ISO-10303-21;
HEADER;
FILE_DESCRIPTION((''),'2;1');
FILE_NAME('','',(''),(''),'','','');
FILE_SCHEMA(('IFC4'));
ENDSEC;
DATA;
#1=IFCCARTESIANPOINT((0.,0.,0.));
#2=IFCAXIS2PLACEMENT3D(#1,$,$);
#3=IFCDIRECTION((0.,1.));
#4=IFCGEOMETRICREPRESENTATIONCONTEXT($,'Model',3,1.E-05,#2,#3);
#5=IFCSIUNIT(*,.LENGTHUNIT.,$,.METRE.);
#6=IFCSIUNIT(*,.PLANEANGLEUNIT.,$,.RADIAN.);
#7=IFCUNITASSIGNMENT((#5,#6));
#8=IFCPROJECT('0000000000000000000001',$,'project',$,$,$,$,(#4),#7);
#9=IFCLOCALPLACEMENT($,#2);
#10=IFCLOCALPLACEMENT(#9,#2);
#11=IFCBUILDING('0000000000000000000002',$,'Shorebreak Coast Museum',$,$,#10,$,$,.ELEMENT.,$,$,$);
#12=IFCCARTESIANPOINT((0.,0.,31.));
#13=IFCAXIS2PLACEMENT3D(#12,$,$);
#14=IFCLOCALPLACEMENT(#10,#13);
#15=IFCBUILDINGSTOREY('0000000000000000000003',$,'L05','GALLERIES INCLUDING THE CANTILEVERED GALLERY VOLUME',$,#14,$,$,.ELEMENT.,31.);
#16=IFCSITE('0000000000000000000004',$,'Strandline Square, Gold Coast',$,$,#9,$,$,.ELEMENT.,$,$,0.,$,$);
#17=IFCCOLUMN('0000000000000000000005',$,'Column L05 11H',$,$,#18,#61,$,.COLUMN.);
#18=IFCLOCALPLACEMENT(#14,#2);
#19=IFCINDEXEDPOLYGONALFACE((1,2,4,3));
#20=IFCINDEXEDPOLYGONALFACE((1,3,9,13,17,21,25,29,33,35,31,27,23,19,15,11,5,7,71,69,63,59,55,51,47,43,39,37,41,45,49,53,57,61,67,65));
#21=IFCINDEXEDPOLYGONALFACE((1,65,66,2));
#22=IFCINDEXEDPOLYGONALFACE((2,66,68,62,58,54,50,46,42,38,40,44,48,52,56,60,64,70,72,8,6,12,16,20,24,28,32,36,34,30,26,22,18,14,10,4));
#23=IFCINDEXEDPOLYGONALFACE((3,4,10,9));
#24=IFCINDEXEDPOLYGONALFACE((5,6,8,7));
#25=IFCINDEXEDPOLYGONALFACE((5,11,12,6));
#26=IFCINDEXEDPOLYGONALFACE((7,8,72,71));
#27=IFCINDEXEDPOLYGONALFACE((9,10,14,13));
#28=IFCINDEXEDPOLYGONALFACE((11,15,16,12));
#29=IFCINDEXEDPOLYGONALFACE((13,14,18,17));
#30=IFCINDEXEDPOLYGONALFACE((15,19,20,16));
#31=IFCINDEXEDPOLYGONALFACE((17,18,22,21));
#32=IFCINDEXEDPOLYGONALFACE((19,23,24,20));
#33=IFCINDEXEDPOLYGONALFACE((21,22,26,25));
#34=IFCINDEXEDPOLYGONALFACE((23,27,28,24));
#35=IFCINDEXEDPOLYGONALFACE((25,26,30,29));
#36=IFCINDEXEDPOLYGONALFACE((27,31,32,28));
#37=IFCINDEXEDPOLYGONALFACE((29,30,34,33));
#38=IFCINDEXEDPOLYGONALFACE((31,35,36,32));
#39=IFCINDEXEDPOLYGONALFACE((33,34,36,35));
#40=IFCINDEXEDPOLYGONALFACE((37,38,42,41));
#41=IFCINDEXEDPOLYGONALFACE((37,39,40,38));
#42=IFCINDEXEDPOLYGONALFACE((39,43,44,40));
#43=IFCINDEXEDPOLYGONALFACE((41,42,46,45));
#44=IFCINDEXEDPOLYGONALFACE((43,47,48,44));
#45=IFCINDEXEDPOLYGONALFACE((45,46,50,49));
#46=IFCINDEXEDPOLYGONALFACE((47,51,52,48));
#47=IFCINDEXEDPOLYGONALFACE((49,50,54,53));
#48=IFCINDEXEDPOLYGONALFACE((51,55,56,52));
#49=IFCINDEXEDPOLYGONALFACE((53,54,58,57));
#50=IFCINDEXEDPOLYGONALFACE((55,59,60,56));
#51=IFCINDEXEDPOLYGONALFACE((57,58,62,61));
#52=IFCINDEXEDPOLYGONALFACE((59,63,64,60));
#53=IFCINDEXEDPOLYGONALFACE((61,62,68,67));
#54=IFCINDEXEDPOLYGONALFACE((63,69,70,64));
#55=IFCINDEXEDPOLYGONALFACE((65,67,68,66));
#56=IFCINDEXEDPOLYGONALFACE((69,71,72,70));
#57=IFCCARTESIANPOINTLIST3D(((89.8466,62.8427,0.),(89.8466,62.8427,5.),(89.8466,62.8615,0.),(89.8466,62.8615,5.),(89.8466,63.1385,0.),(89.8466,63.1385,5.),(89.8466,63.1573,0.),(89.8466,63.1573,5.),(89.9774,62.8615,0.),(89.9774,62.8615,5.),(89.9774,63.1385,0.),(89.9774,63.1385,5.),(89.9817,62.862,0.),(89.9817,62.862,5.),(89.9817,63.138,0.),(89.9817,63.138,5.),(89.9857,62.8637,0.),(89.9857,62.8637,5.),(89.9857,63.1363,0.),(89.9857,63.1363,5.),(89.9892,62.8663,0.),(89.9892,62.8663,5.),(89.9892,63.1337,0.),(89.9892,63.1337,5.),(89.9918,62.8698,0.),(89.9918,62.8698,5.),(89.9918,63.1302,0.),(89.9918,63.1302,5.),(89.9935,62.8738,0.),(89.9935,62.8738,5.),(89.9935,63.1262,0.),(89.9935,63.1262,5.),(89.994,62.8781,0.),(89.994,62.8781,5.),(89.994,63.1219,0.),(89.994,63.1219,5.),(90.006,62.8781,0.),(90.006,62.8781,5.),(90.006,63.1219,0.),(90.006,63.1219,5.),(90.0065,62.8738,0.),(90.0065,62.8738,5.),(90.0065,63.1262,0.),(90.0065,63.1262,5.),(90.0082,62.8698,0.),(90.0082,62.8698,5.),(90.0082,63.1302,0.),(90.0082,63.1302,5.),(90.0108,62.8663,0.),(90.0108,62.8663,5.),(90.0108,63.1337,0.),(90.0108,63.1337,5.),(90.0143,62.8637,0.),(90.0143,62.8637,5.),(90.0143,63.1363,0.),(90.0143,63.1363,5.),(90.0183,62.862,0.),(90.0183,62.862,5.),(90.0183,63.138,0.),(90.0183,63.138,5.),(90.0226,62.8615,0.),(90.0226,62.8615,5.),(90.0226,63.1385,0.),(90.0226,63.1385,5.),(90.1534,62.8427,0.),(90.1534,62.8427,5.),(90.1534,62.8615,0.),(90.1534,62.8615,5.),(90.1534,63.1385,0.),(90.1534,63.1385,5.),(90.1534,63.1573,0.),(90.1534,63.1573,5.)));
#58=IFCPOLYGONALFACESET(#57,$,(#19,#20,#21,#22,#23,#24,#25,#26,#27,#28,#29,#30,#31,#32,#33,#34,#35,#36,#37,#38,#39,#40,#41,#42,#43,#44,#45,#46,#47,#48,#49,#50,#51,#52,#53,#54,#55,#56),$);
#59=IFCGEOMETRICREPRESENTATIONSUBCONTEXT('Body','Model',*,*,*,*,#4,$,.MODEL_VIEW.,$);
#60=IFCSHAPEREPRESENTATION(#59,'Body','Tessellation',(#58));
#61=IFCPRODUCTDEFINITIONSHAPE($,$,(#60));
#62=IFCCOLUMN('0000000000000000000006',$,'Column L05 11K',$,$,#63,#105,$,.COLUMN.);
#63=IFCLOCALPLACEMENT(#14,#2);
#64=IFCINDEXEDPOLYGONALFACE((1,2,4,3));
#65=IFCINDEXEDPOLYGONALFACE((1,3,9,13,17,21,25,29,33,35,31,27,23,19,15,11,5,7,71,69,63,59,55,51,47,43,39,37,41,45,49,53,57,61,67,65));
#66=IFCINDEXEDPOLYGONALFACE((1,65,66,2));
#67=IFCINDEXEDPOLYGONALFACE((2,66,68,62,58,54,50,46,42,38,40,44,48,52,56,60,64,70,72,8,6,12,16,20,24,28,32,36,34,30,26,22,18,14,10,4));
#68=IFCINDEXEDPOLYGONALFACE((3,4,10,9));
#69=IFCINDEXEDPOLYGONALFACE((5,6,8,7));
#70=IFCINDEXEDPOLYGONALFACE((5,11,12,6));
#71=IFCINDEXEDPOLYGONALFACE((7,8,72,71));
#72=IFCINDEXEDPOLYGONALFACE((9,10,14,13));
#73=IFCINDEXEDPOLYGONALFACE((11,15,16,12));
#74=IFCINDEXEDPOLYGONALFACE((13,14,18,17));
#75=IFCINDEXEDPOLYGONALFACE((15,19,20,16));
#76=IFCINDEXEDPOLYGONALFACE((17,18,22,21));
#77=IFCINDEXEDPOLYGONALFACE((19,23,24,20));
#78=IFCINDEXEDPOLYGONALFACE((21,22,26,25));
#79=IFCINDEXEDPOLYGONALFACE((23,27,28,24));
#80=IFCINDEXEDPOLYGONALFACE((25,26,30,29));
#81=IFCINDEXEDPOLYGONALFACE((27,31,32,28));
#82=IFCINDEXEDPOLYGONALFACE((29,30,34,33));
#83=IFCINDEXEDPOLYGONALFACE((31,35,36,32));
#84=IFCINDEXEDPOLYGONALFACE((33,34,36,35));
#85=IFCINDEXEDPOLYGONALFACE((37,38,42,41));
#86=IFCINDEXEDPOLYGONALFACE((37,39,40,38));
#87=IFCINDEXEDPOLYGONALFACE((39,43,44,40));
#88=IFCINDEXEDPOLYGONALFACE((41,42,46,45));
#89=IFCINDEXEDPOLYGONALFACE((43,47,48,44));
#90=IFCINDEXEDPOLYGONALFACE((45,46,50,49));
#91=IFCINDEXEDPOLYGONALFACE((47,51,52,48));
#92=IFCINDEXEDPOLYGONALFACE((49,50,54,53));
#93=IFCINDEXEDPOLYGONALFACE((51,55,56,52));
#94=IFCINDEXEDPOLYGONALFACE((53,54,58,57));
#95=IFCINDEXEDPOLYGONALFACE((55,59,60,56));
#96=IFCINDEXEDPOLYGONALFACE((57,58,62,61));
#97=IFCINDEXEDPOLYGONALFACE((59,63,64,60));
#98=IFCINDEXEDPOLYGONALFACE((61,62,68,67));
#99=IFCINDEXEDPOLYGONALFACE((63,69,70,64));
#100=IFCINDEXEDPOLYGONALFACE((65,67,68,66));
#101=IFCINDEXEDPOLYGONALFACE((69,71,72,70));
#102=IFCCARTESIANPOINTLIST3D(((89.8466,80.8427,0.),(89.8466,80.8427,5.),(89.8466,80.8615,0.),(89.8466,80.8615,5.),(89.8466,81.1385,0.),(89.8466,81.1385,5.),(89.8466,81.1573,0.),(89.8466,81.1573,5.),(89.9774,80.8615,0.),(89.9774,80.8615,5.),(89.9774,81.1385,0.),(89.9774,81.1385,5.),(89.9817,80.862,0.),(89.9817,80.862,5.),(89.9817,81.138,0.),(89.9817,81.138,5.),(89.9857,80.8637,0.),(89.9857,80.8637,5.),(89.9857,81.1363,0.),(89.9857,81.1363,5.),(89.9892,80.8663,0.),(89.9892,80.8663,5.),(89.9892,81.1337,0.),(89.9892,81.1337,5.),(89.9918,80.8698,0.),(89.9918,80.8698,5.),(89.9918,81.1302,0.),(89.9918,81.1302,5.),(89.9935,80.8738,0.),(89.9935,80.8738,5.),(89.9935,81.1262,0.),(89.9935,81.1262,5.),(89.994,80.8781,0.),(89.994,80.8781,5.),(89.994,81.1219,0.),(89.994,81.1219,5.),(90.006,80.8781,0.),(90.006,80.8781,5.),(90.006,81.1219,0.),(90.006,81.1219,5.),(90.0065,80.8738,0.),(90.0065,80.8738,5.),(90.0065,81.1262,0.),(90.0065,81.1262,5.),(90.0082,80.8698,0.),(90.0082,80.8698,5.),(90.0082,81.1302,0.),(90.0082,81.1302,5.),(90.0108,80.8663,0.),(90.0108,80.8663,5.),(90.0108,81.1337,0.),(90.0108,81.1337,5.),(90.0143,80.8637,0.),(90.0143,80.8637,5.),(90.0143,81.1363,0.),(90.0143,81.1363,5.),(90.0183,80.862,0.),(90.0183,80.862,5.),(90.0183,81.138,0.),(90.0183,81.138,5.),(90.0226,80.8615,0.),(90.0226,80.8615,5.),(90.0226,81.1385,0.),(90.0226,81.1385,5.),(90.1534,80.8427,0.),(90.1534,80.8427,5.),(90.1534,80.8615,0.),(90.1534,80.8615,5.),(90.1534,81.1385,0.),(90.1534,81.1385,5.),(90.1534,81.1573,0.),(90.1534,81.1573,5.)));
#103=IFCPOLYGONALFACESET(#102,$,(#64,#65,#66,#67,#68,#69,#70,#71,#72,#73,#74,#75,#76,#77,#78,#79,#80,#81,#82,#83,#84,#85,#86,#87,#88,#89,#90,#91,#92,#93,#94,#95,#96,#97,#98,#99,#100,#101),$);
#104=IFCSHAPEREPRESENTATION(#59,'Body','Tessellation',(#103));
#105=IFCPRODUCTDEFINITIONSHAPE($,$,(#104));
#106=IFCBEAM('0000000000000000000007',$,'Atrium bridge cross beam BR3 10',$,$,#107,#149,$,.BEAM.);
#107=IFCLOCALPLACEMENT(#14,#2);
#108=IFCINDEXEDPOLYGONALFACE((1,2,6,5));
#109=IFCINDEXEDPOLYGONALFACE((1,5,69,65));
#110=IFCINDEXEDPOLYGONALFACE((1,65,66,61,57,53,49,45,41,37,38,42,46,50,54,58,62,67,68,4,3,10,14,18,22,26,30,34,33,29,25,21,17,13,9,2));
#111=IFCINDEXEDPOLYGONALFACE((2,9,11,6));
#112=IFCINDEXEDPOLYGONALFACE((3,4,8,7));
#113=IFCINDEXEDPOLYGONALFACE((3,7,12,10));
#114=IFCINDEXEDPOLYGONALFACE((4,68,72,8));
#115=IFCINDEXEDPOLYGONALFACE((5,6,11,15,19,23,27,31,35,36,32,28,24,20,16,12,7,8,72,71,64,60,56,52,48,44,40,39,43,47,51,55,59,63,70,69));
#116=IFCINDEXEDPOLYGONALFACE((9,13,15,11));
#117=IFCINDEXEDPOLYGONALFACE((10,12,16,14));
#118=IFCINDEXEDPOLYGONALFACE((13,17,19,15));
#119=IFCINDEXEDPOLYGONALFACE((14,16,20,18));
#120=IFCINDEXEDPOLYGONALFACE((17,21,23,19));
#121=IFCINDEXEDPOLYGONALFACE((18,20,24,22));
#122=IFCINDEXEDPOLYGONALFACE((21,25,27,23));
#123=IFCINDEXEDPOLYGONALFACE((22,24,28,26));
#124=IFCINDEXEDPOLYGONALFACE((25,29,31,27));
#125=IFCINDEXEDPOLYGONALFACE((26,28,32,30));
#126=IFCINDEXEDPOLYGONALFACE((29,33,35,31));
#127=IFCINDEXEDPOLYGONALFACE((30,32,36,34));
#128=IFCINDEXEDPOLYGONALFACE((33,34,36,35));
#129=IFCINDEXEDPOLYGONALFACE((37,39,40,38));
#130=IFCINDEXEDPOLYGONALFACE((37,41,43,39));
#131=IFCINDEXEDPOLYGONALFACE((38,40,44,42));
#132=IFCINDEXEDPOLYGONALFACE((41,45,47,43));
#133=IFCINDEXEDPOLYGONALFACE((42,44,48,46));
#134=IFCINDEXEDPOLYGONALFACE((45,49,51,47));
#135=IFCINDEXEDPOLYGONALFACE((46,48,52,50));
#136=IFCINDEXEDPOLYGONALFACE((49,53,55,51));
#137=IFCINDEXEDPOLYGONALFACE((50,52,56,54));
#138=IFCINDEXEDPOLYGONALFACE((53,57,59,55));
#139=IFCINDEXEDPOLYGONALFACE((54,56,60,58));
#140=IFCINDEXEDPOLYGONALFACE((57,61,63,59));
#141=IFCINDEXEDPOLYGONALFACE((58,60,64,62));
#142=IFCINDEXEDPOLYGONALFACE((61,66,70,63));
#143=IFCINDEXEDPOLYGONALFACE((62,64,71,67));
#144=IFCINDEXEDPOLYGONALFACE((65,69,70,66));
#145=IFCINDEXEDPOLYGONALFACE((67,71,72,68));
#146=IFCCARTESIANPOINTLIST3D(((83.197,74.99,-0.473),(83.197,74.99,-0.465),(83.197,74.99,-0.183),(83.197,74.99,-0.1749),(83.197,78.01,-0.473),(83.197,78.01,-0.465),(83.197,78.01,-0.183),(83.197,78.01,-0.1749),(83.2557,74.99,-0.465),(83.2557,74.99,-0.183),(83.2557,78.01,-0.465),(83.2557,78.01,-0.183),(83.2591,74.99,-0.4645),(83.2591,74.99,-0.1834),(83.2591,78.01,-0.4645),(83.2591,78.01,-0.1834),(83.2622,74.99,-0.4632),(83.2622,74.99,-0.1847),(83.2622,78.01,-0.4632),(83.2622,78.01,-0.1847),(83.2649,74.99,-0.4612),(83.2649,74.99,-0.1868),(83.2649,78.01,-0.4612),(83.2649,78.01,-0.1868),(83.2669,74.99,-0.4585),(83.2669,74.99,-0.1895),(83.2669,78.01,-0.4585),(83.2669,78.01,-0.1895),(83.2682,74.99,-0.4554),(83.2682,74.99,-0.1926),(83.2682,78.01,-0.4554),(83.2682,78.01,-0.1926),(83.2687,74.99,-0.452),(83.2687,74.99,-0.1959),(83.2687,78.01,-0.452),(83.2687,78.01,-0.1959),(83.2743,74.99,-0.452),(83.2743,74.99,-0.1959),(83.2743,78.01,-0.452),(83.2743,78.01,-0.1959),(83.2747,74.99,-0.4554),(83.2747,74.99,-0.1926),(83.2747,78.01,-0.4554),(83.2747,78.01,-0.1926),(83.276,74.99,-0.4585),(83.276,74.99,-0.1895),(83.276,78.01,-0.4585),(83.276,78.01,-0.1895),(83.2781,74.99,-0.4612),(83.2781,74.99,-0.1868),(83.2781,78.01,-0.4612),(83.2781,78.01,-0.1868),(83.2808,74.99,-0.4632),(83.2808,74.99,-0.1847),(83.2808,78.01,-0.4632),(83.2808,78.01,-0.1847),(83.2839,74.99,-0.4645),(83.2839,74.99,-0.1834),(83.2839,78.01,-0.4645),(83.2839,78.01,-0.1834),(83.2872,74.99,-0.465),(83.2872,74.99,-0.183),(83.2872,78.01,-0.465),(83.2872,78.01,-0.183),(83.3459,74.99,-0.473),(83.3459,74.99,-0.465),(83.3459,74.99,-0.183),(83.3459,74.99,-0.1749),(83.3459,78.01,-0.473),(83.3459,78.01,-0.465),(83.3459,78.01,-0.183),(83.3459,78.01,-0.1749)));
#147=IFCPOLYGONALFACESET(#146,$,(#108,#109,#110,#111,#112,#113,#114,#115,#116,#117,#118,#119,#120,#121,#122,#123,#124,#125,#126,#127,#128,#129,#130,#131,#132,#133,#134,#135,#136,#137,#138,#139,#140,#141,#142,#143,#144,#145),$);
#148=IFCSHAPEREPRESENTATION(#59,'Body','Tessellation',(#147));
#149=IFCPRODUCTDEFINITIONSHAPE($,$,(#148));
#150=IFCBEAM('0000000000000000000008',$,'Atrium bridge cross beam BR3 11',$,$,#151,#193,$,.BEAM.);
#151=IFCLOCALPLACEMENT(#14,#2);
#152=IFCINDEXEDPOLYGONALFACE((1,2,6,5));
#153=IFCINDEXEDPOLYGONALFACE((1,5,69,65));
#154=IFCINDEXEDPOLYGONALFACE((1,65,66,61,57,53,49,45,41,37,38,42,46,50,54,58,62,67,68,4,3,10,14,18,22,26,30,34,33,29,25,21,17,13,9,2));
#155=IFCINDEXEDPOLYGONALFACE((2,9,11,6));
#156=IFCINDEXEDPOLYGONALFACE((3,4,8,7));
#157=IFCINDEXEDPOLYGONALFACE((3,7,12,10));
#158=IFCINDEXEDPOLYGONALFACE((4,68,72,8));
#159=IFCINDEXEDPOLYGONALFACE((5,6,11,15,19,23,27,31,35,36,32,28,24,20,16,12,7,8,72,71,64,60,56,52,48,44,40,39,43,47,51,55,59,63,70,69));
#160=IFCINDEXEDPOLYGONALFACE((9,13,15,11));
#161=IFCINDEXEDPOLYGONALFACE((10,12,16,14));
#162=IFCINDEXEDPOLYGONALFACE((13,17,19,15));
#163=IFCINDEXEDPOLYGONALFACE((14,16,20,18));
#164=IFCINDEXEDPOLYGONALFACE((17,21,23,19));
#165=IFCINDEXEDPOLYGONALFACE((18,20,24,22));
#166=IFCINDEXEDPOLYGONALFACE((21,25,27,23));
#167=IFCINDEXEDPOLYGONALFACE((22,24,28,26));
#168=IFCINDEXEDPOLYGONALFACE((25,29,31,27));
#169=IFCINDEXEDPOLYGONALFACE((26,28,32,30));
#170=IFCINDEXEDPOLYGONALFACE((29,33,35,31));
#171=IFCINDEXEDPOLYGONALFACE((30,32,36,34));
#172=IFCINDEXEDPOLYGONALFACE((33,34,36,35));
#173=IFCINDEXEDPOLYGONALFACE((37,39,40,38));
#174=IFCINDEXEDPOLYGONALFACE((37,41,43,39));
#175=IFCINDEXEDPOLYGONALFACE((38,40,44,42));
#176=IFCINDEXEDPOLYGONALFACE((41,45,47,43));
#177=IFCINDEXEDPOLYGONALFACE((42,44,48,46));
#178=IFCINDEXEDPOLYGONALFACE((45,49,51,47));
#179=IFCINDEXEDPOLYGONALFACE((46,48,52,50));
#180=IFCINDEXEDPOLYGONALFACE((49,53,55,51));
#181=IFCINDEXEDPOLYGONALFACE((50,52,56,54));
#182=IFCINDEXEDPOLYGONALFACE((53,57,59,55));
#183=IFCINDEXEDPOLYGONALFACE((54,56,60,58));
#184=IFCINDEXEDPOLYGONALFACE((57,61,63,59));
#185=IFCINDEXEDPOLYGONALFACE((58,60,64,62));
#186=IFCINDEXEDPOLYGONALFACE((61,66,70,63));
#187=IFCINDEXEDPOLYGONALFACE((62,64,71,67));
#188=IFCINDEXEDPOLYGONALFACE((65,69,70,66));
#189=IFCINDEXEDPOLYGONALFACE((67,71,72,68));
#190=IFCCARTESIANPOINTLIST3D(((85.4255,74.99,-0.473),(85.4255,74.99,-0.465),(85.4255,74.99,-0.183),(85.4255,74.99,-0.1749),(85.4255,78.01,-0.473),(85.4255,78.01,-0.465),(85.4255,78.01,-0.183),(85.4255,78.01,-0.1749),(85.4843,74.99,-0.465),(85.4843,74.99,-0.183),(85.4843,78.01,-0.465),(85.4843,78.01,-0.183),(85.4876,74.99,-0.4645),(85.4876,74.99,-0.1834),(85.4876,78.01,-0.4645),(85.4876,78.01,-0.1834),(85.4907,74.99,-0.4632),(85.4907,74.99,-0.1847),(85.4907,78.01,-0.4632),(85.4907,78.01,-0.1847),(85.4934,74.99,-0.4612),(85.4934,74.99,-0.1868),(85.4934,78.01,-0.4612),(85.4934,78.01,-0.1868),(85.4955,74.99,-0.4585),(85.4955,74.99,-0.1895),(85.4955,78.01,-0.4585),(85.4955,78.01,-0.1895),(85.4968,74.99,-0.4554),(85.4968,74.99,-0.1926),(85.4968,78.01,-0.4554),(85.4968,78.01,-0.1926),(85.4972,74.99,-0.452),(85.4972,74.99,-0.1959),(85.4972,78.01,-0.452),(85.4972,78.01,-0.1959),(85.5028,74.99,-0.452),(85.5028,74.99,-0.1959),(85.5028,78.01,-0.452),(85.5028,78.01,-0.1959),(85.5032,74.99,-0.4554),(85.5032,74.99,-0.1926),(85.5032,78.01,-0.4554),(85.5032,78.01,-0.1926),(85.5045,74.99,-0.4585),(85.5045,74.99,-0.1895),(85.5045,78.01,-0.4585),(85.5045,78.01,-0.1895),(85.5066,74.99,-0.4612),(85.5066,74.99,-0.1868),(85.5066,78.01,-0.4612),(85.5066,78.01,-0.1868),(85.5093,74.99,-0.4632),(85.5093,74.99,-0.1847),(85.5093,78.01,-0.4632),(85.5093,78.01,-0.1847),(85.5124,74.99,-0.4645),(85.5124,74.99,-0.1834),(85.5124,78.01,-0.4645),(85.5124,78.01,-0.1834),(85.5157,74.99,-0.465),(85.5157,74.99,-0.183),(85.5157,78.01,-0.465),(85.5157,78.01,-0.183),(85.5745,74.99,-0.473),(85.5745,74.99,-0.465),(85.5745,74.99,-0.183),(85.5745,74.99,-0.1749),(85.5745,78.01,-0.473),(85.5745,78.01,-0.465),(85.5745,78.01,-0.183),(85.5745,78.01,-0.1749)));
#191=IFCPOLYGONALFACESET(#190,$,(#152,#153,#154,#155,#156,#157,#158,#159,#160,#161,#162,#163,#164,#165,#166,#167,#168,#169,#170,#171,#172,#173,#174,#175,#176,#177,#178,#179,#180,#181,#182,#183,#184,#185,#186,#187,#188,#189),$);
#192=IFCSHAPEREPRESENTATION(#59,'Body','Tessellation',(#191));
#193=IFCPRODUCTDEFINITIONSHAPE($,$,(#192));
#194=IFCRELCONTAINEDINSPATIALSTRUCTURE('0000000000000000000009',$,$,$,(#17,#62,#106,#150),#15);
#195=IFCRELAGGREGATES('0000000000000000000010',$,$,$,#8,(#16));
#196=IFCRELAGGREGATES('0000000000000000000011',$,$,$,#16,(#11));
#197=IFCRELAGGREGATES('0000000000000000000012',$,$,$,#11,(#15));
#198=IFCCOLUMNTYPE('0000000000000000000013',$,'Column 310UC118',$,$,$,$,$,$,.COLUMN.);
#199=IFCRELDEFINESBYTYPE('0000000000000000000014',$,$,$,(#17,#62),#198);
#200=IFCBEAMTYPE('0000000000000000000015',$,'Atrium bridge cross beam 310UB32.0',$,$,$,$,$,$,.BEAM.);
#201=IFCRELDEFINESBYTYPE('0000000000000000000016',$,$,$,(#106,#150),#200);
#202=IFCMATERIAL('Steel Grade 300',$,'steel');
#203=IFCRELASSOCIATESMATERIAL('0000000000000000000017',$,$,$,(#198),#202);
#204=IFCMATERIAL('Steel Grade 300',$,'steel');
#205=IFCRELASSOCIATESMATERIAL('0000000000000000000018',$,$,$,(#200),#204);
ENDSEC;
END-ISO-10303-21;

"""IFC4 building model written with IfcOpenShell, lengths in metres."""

from ifc_helpers import new_model, si_unit, direction, frame, origin, origin_2d, place, context, subcontext, project, spatial, i_section, extrude, material, material_profile, profile_set, type_object, element, save


model = new_model("IFC4")

# Units and contexts
model_context = context("Model", 3, precision=1e-05, world=origin(), true_north=direction((0.0, 1.0)))
body_context = subcontext(model_context, "Body", "Model", "MODEL_VIEW")
ifc_project = project(units=[si_unit("LENGTHUNIT", "METRE"), si_unit("PLANEANGLEUNIT", "RADIAN")], contexts=[model_context])

# Site, building, storey
site_placement = place(None, origin())
site = spatial("IfcSite", under=ifc_project, at=site_placement, Name="Strandline Square, Gold Coast", CompositionType="ELEMENT", RefElevation=0.0)
building_placement = place(site_placement, origin())
building = spatial("IfcBuilding", under=site, at=building_placement, Name="Shorebreak Coast Museum", CompositionType="ELEMENT")
storey_placement = place(building_placement, frame((0.0, 0.0, 31.0)))
storey = spatial("IfcBuildingStorey", under=building, at=storey_placement, Name="L05", Description="GALLERIES INCLUDING THE CANTILEVERED GALLERY VOLUME", CompositionType="ELEMENT", Elevation=31.0)

# Columns
ifc_material_1 = material(Name="Steel Grade 300", Category="steel")
ifc_material_profile_1 = material_profile(ifc_material_1, i_section(OverallWidth=0.3069, OverallDepth=0.3147, WebThickness=0.012, FlangeThickness=0.0188, FilletRadius=0.0166, at=origin_2d()), Name="310UC118")
ifc_profile_set_1 = profile_set([ifc_material_profile_1], Name="Steel Grade 300")
column_type = type_object("IfcColumnType", Name="Column 310UC118", PredefinedType="COLUMN", material=ifc_profile_set_1)
for number, where, z_axis, x_axis, name in (
    (1, (90.0, 63.0, 0.0), (0.0, 0.0, 1.0), (1.0, 0.0, 0.0), "Column L05 11H"),
    (2, (90.0, 81.0, 0.0), (0.0, 0.0, 1.0), (1.0, 0.0, 0.0), "Column L05 11K"),
):
    element("IfcColumn", number, at=place(storey_placement, frame(where, z_axis=z_axis, x_axis=x_axis)), inside=storey, type_object=column_type, Name=name, PredefinedType="COLUMN", context=body_context, shape_type="SweptSolid", body=[
        extrude(i_section(OverallWidth=0.3069, OverallDepth=0.3147, WebThickness=0.012, FlangeThickness=0.0188, FilletRadius=0.0166, at=origin_2d()), origin(), (0.0, 0.0, 1.0), 5.0),
    ])

# Beams
ifc_material_2 = material(Name="Steel Grade 300", Category="steel")
ifc_material_profile_2 = material_profile(ifc_material_2, i_section(OverallWidth=0.1489, OverallDepth=0.2981, WebThickness=0.0056, FlangeThickness=0.0081, FilletRadius=0.0129, at=origin_2d()), Name="310UB32.0")
ifc_profile_set_2 = profile_set([ifc_material_profile_2], Name="Steel Grade 300")
beam_type_1 = type_object("IfcBeamType", Name="Atrium bridge cross beam 310UB32.0", PredefinedType="BEAM", material=ifc_profile_set_2)
for number, where, z_axis, x_axis, name in (
    (3, (83.2715, 74.99, -0.324), (0.0, 1.0, 0.0), (-1.0, 0.0, 0.0), "Atrium bridge cross beam BR3 10"),
    (4, (85.5, 74.99, -0.324), (0.0, 1.0, 0.0), (-1.0, 0.0, 0.0), "Atrium bridge cross beam BR3 11"),
):
    element("IfcBeam", number, at=place(storey_placement, frame(where, z_axis=z_axis, x_axis=x_axis)), inside=storey, type_object=beam_type_1, Name=name, PredefinedType="BEAM", context=body_context, shape_type="SweptSolid", body=[
        extrude(i_section(OverallWidth=0.1489, OverallDepth=0.2981, WebThickness=0.0056, FlangeThickness=0.0081, FilletRadius=0.0129, at=origin_2d()), origin(), (0.0, 0.0, 1.0), 3.02),
    ])

save(model, "model.ifc")
